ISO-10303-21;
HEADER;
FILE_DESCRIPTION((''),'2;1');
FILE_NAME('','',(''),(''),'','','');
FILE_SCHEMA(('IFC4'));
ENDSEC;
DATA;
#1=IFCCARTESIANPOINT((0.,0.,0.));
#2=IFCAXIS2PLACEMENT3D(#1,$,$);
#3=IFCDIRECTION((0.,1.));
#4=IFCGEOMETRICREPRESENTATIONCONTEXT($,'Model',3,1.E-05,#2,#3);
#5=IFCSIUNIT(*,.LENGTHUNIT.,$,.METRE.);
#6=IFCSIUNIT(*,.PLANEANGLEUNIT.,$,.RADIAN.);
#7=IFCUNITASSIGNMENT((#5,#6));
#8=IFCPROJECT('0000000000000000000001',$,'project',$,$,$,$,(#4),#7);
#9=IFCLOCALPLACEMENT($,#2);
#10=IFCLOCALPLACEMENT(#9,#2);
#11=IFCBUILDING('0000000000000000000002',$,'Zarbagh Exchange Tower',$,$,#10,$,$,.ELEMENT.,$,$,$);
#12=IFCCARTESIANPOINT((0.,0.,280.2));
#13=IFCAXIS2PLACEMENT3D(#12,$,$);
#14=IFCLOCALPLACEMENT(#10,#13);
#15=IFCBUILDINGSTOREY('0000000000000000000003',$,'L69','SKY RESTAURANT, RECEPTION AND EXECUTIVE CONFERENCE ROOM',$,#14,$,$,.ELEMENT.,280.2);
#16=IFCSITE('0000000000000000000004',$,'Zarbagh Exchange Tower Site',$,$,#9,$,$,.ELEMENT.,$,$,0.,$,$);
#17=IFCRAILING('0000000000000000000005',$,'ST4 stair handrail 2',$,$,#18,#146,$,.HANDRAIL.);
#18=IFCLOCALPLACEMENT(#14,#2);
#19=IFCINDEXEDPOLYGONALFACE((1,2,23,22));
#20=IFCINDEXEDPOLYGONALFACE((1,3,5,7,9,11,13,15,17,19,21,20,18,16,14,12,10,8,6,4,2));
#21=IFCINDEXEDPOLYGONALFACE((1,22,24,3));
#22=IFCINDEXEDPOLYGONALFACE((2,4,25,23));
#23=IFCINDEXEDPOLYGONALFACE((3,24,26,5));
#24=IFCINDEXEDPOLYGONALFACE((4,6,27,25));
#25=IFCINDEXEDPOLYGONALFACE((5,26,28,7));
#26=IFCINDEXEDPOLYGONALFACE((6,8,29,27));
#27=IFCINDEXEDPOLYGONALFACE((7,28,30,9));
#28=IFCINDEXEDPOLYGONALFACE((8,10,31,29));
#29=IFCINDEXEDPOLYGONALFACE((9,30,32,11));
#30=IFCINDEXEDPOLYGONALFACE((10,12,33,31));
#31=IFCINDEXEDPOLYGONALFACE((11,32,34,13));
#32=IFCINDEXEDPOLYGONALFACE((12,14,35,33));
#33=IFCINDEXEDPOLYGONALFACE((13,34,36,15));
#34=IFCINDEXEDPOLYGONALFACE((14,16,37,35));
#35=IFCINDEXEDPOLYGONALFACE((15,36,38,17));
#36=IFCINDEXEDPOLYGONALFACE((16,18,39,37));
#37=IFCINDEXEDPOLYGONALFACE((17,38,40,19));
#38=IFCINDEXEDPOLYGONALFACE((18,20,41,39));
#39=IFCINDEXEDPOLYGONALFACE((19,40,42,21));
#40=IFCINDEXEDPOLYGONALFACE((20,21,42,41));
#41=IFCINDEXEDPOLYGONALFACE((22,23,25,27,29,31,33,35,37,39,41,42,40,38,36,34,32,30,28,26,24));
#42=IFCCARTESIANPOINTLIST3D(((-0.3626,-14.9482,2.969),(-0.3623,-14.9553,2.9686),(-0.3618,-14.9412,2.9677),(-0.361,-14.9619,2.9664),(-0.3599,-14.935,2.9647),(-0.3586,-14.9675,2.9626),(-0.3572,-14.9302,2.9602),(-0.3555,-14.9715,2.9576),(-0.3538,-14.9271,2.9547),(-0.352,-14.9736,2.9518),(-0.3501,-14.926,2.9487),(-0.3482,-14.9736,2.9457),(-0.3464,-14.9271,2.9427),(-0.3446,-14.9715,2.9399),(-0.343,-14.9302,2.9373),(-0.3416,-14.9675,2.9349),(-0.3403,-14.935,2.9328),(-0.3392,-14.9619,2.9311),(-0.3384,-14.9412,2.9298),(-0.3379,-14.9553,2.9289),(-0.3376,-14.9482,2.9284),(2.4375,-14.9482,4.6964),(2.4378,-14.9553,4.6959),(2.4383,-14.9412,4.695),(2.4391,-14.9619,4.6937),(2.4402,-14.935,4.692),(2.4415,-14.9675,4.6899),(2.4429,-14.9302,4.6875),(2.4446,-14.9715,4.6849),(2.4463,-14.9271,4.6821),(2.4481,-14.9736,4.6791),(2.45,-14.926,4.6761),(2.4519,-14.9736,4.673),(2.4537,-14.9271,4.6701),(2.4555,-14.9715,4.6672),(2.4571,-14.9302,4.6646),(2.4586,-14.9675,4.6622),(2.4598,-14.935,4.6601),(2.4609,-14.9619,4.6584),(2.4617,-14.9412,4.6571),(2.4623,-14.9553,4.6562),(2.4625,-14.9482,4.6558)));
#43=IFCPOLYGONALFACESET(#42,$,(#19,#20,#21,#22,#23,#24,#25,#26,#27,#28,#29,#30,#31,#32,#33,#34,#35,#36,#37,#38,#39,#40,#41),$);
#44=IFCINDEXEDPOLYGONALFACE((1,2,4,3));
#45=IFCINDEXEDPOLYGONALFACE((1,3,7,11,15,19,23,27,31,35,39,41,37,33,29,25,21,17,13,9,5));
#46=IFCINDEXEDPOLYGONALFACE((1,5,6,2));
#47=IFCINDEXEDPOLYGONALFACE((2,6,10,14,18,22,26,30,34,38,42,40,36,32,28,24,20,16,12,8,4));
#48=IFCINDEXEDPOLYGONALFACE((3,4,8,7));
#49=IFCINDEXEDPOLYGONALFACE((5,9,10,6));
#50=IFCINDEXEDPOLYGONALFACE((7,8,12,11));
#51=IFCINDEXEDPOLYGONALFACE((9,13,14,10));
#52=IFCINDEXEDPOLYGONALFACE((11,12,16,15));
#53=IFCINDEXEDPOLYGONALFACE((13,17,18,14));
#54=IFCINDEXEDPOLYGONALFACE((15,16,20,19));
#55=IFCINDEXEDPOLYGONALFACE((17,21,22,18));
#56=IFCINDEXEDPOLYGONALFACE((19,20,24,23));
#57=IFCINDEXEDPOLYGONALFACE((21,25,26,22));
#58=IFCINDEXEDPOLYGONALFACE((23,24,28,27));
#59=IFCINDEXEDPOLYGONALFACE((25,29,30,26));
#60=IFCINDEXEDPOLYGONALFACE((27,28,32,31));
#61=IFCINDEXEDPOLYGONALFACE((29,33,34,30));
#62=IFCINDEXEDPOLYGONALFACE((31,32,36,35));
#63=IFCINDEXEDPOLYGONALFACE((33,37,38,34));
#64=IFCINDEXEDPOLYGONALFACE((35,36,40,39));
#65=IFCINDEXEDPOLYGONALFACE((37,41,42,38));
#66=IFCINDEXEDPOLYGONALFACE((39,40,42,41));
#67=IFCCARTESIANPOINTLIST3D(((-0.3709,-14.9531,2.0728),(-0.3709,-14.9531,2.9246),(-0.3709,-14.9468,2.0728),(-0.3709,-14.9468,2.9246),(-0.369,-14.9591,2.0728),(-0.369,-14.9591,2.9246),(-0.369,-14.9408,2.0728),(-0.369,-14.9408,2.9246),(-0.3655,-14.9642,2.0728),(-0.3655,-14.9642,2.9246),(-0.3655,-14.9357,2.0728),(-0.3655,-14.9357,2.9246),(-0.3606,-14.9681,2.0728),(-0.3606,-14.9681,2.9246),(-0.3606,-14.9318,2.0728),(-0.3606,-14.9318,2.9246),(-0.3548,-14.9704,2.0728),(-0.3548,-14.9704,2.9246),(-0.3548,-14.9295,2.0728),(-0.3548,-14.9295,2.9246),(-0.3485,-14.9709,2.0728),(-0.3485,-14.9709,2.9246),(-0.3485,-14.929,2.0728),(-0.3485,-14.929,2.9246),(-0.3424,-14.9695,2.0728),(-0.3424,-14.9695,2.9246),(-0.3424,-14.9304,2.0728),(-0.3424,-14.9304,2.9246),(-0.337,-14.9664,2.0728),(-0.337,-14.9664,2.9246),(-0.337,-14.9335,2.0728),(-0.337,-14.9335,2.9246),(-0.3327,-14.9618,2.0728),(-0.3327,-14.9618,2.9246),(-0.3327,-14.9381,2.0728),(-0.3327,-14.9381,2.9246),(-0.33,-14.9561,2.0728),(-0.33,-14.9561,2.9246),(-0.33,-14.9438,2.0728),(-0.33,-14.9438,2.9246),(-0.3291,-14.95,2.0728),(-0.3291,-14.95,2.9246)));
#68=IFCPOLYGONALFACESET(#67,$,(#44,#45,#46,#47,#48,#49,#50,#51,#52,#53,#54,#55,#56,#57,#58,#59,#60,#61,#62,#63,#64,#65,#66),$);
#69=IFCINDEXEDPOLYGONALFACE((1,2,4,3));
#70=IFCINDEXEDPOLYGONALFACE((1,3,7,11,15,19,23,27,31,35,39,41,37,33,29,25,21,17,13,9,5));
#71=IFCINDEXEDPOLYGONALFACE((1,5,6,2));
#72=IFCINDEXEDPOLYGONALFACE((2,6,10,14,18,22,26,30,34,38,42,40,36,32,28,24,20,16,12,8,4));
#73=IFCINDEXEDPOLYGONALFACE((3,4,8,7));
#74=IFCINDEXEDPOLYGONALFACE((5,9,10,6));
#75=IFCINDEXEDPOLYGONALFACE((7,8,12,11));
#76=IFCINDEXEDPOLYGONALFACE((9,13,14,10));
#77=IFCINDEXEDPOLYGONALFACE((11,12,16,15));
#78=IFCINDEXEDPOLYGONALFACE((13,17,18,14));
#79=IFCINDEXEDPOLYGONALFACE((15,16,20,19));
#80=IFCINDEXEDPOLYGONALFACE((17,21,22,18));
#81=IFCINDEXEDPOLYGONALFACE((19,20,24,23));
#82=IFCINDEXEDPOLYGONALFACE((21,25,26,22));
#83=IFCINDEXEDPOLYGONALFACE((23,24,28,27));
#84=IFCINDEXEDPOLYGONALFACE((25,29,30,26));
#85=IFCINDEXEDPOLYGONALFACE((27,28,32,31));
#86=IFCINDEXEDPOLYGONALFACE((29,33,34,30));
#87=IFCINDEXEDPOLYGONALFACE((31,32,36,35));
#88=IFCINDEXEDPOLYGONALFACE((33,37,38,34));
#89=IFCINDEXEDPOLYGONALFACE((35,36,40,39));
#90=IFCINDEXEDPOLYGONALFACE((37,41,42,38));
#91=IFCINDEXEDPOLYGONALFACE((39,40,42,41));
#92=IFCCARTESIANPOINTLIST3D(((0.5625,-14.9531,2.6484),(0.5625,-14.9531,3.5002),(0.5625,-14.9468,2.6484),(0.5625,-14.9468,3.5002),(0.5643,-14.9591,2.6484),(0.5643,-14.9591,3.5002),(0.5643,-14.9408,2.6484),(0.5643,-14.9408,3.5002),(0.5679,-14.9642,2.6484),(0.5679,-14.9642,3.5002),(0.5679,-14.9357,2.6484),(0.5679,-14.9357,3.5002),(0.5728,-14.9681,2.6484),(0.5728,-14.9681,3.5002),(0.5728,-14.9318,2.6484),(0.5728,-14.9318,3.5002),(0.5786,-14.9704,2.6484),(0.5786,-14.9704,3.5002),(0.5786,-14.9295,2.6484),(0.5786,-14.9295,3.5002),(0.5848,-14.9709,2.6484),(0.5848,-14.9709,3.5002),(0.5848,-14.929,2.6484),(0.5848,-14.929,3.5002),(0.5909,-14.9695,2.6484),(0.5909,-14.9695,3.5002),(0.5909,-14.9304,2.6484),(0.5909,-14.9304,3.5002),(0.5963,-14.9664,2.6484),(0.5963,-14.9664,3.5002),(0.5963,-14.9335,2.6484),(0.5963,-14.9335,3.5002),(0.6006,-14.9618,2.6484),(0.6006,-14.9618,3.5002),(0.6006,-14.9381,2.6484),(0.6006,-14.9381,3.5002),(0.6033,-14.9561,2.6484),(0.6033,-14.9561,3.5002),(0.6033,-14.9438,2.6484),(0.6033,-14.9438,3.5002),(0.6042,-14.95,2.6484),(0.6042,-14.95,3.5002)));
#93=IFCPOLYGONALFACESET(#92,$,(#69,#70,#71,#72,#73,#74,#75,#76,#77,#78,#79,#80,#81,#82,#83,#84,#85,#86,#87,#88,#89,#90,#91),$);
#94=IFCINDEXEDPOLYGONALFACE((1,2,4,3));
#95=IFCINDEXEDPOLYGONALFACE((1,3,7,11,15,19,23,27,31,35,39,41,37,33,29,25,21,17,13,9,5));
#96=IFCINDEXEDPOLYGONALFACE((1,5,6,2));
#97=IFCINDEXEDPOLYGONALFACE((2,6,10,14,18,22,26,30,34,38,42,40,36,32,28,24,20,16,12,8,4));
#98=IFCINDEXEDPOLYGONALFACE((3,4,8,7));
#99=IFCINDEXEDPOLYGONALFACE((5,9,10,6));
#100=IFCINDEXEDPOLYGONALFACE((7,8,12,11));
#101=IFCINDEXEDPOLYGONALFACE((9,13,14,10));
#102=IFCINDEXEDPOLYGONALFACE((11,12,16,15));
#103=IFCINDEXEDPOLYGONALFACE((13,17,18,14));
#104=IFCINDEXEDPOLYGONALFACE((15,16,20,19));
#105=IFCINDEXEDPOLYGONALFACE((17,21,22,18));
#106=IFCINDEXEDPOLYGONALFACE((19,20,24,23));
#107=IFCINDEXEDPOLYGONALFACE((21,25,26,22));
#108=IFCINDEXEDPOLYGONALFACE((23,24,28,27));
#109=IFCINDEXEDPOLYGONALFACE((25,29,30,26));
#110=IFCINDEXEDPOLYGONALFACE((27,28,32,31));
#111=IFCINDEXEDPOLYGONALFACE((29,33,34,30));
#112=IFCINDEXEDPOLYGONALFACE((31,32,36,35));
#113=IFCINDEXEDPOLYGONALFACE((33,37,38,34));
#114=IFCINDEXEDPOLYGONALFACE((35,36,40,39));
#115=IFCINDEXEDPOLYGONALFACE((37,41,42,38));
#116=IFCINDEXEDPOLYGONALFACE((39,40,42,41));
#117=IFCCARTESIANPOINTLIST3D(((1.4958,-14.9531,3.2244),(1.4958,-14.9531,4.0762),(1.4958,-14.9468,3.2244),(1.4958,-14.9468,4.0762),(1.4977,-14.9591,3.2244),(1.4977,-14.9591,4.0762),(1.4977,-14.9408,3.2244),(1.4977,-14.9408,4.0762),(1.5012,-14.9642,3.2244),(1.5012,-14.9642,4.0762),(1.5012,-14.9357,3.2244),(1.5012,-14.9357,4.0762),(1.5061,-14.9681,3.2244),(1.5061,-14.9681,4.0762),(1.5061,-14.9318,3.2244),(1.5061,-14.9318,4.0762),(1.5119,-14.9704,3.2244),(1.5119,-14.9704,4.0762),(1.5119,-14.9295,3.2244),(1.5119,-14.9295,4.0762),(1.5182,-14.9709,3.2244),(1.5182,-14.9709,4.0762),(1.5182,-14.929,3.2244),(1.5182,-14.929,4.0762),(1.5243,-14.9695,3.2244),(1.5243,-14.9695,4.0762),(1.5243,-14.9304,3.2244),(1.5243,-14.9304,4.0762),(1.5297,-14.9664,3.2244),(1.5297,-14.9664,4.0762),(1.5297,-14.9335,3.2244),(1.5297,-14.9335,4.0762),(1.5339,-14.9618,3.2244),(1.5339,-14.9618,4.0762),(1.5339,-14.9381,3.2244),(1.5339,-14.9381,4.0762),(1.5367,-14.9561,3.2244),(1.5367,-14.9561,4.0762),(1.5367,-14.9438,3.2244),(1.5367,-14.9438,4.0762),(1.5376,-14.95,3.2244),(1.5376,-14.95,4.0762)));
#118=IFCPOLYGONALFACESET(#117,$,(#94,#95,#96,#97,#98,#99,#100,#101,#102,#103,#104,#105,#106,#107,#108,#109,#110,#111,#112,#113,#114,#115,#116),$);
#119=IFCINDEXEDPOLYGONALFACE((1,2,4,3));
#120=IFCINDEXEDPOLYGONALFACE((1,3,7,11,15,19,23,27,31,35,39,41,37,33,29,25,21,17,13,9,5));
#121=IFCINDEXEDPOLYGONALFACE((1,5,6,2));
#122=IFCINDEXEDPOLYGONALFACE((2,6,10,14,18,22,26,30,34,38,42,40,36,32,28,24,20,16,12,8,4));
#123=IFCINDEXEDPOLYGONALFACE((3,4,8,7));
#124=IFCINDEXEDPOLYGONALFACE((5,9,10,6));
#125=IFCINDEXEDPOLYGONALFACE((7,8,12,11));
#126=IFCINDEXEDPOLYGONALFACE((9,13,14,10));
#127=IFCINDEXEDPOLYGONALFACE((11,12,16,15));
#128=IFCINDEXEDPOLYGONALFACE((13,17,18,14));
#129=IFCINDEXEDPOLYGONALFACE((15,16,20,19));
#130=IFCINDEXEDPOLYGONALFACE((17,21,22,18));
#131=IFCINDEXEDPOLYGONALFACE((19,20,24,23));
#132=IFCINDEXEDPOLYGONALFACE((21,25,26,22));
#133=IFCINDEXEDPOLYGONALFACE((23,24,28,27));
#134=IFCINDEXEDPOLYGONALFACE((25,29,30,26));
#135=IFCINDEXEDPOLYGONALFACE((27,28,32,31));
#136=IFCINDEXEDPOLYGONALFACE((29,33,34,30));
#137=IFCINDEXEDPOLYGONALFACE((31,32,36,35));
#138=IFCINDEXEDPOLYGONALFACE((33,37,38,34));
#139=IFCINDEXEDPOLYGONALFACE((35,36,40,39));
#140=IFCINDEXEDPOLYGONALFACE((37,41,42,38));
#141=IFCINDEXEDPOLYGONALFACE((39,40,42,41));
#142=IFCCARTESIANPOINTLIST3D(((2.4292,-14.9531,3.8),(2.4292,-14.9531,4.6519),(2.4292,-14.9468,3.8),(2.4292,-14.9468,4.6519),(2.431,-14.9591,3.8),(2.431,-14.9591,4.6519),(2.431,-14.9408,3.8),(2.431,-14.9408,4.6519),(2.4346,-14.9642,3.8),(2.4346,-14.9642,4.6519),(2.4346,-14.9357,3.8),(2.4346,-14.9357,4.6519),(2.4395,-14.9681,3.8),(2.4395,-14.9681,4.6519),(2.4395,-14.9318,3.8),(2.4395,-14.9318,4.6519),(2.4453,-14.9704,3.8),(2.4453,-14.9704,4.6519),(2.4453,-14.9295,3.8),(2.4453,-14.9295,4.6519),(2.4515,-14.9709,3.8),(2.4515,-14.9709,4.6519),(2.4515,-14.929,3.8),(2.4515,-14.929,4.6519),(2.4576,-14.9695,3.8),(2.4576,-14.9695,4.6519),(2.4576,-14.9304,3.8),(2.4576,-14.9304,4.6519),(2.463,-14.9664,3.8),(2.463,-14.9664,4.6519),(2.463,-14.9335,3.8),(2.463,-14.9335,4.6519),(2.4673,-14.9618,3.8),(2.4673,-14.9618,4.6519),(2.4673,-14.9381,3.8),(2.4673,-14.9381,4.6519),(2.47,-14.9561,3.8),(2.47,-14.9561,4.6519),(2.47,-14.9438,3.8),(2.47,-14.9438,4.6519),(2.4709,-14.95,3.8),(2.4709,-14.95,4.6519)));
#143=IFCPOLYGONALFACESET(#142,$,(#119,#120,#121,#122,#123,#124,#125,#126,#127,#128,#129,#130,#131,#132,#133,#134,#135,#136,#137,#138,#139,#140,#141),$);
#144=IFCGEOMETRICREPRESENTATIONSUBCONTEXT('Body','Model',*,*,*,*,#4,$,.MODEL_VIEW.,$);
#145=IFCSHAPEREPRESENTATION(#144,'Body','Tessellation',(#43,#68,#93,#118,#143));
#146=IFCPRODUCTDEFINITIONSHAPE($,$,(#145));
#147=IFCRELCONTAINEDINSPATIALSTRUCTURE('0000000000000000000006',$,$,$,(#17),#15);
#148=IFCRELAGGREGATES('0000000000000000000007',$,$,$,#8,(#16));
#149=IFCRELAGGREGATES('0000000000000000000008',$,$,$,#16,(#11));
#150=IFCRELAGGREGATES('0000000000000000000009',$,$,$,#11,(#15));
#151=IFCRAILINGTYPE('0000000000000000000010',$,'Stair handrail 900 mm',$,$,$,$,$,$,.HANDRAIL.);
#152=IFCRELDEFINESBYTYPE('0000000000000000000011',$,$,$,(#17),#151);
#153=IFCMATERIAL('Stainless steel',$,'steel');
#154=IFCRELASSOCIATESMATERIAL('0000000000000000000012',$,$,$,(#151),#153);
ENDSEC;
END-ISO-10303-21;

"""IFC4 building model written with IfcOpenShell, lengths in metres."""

from ifc_helpers import new_model, si_unit, direction, frame, origin, origin_2d, place, context, subcontext, project, spatial, circle, extrude, material, type_object, element, save


model = new_model("IFC4")

# Units and contexts
model_context = context("Model", 3, precision=1e-05, world=origin(), true_north=direction((0.0, 1.0)))
body_context = subcontext(model_context, "Body", "Model", "MODEL_VIEW")
ifc_project = project(units=[si_unit("LENGTHUNIT", "METRE"), si_unit("PLANEANGLEUNIT", "RADIAN")], contexts=[model_context])

# Site, building, storey
site_placement = place(None, origin())
site = spatial("IfcSite", under=ifc_project, at=site_placement, Name="Zarbagh Exchange Tower Site", CompositionType="ELEMENT", RefElevation=0.0)
building_placement = place(site_placement, origin())
building = spatial("IfcBuilding", under=site, at=building_placement, Name="Zarbagh Exchange Tower", CompositionType="ELEMENT")
storey_placement = place(building_placement, frame((0.0, 0.0, 280.2)))
storey = spatial("IfcBuildingStorey", under=building, at=storey_placement, Name="L69", Description="SKY RESTAURANT, RECEPTION AND EXECUTIVE CONFERENCE ROOM", CompositionType="ELEMENT", Elevation=280.2)

# Shared definitions
ifc_material_1 = material(Name="Stainless steel", Category="steel")

# Railing
railing_type_1 = type_object("IfcRailingType", Name="Stair handrail 900 mm", PredefinedType="HANDRAIL", material=ifc_material_1)
railing_1_placement = place(storey_placement, frame((-0.3501, -14.95, 2.0728)))
element("IfcRailing", 1, at=railing_1_placement, inside=storey, type_object=railing_type_1, Name="ST4 stair handrail 2", PredefinedType="HANDRAIL", context=body_context, shape_type="SweptSolid", body=[
    extrude(circle(Radius=0.0239, at=origin_2d()), frame((0.0, 0.0, 0.876), z_axis=(0.85109, 0.0, 0.52502), x_axis=(0.0, 1.0, 0.0)), (0.0, 0.0, 1.0), 3.29),
    extrude(circle(Radius=0.021, at=origin_2d()), origin(), (0.0, 0.0, 1.0), 0.8518),
    extrude(circle(Radius=0.021, at=origin_2d()), frame((0.9333, 0.0, 0.5757)), (0.0, 0.0, 1.0), 0.8518),
    extrude(circle(Radius=0.021, at=origin_2d()), frame((1.8667, 0.0, 1.1516)), (0.0, 0.0, 1.0), 0.8518),
    extrude(circle(Radius=0.021, at=origin_2d()), frame((2.8, 0.0, 1.7273)), (0.0, 0.0, 1.0), 0.8518),
])

save(model, "model.ifc")
